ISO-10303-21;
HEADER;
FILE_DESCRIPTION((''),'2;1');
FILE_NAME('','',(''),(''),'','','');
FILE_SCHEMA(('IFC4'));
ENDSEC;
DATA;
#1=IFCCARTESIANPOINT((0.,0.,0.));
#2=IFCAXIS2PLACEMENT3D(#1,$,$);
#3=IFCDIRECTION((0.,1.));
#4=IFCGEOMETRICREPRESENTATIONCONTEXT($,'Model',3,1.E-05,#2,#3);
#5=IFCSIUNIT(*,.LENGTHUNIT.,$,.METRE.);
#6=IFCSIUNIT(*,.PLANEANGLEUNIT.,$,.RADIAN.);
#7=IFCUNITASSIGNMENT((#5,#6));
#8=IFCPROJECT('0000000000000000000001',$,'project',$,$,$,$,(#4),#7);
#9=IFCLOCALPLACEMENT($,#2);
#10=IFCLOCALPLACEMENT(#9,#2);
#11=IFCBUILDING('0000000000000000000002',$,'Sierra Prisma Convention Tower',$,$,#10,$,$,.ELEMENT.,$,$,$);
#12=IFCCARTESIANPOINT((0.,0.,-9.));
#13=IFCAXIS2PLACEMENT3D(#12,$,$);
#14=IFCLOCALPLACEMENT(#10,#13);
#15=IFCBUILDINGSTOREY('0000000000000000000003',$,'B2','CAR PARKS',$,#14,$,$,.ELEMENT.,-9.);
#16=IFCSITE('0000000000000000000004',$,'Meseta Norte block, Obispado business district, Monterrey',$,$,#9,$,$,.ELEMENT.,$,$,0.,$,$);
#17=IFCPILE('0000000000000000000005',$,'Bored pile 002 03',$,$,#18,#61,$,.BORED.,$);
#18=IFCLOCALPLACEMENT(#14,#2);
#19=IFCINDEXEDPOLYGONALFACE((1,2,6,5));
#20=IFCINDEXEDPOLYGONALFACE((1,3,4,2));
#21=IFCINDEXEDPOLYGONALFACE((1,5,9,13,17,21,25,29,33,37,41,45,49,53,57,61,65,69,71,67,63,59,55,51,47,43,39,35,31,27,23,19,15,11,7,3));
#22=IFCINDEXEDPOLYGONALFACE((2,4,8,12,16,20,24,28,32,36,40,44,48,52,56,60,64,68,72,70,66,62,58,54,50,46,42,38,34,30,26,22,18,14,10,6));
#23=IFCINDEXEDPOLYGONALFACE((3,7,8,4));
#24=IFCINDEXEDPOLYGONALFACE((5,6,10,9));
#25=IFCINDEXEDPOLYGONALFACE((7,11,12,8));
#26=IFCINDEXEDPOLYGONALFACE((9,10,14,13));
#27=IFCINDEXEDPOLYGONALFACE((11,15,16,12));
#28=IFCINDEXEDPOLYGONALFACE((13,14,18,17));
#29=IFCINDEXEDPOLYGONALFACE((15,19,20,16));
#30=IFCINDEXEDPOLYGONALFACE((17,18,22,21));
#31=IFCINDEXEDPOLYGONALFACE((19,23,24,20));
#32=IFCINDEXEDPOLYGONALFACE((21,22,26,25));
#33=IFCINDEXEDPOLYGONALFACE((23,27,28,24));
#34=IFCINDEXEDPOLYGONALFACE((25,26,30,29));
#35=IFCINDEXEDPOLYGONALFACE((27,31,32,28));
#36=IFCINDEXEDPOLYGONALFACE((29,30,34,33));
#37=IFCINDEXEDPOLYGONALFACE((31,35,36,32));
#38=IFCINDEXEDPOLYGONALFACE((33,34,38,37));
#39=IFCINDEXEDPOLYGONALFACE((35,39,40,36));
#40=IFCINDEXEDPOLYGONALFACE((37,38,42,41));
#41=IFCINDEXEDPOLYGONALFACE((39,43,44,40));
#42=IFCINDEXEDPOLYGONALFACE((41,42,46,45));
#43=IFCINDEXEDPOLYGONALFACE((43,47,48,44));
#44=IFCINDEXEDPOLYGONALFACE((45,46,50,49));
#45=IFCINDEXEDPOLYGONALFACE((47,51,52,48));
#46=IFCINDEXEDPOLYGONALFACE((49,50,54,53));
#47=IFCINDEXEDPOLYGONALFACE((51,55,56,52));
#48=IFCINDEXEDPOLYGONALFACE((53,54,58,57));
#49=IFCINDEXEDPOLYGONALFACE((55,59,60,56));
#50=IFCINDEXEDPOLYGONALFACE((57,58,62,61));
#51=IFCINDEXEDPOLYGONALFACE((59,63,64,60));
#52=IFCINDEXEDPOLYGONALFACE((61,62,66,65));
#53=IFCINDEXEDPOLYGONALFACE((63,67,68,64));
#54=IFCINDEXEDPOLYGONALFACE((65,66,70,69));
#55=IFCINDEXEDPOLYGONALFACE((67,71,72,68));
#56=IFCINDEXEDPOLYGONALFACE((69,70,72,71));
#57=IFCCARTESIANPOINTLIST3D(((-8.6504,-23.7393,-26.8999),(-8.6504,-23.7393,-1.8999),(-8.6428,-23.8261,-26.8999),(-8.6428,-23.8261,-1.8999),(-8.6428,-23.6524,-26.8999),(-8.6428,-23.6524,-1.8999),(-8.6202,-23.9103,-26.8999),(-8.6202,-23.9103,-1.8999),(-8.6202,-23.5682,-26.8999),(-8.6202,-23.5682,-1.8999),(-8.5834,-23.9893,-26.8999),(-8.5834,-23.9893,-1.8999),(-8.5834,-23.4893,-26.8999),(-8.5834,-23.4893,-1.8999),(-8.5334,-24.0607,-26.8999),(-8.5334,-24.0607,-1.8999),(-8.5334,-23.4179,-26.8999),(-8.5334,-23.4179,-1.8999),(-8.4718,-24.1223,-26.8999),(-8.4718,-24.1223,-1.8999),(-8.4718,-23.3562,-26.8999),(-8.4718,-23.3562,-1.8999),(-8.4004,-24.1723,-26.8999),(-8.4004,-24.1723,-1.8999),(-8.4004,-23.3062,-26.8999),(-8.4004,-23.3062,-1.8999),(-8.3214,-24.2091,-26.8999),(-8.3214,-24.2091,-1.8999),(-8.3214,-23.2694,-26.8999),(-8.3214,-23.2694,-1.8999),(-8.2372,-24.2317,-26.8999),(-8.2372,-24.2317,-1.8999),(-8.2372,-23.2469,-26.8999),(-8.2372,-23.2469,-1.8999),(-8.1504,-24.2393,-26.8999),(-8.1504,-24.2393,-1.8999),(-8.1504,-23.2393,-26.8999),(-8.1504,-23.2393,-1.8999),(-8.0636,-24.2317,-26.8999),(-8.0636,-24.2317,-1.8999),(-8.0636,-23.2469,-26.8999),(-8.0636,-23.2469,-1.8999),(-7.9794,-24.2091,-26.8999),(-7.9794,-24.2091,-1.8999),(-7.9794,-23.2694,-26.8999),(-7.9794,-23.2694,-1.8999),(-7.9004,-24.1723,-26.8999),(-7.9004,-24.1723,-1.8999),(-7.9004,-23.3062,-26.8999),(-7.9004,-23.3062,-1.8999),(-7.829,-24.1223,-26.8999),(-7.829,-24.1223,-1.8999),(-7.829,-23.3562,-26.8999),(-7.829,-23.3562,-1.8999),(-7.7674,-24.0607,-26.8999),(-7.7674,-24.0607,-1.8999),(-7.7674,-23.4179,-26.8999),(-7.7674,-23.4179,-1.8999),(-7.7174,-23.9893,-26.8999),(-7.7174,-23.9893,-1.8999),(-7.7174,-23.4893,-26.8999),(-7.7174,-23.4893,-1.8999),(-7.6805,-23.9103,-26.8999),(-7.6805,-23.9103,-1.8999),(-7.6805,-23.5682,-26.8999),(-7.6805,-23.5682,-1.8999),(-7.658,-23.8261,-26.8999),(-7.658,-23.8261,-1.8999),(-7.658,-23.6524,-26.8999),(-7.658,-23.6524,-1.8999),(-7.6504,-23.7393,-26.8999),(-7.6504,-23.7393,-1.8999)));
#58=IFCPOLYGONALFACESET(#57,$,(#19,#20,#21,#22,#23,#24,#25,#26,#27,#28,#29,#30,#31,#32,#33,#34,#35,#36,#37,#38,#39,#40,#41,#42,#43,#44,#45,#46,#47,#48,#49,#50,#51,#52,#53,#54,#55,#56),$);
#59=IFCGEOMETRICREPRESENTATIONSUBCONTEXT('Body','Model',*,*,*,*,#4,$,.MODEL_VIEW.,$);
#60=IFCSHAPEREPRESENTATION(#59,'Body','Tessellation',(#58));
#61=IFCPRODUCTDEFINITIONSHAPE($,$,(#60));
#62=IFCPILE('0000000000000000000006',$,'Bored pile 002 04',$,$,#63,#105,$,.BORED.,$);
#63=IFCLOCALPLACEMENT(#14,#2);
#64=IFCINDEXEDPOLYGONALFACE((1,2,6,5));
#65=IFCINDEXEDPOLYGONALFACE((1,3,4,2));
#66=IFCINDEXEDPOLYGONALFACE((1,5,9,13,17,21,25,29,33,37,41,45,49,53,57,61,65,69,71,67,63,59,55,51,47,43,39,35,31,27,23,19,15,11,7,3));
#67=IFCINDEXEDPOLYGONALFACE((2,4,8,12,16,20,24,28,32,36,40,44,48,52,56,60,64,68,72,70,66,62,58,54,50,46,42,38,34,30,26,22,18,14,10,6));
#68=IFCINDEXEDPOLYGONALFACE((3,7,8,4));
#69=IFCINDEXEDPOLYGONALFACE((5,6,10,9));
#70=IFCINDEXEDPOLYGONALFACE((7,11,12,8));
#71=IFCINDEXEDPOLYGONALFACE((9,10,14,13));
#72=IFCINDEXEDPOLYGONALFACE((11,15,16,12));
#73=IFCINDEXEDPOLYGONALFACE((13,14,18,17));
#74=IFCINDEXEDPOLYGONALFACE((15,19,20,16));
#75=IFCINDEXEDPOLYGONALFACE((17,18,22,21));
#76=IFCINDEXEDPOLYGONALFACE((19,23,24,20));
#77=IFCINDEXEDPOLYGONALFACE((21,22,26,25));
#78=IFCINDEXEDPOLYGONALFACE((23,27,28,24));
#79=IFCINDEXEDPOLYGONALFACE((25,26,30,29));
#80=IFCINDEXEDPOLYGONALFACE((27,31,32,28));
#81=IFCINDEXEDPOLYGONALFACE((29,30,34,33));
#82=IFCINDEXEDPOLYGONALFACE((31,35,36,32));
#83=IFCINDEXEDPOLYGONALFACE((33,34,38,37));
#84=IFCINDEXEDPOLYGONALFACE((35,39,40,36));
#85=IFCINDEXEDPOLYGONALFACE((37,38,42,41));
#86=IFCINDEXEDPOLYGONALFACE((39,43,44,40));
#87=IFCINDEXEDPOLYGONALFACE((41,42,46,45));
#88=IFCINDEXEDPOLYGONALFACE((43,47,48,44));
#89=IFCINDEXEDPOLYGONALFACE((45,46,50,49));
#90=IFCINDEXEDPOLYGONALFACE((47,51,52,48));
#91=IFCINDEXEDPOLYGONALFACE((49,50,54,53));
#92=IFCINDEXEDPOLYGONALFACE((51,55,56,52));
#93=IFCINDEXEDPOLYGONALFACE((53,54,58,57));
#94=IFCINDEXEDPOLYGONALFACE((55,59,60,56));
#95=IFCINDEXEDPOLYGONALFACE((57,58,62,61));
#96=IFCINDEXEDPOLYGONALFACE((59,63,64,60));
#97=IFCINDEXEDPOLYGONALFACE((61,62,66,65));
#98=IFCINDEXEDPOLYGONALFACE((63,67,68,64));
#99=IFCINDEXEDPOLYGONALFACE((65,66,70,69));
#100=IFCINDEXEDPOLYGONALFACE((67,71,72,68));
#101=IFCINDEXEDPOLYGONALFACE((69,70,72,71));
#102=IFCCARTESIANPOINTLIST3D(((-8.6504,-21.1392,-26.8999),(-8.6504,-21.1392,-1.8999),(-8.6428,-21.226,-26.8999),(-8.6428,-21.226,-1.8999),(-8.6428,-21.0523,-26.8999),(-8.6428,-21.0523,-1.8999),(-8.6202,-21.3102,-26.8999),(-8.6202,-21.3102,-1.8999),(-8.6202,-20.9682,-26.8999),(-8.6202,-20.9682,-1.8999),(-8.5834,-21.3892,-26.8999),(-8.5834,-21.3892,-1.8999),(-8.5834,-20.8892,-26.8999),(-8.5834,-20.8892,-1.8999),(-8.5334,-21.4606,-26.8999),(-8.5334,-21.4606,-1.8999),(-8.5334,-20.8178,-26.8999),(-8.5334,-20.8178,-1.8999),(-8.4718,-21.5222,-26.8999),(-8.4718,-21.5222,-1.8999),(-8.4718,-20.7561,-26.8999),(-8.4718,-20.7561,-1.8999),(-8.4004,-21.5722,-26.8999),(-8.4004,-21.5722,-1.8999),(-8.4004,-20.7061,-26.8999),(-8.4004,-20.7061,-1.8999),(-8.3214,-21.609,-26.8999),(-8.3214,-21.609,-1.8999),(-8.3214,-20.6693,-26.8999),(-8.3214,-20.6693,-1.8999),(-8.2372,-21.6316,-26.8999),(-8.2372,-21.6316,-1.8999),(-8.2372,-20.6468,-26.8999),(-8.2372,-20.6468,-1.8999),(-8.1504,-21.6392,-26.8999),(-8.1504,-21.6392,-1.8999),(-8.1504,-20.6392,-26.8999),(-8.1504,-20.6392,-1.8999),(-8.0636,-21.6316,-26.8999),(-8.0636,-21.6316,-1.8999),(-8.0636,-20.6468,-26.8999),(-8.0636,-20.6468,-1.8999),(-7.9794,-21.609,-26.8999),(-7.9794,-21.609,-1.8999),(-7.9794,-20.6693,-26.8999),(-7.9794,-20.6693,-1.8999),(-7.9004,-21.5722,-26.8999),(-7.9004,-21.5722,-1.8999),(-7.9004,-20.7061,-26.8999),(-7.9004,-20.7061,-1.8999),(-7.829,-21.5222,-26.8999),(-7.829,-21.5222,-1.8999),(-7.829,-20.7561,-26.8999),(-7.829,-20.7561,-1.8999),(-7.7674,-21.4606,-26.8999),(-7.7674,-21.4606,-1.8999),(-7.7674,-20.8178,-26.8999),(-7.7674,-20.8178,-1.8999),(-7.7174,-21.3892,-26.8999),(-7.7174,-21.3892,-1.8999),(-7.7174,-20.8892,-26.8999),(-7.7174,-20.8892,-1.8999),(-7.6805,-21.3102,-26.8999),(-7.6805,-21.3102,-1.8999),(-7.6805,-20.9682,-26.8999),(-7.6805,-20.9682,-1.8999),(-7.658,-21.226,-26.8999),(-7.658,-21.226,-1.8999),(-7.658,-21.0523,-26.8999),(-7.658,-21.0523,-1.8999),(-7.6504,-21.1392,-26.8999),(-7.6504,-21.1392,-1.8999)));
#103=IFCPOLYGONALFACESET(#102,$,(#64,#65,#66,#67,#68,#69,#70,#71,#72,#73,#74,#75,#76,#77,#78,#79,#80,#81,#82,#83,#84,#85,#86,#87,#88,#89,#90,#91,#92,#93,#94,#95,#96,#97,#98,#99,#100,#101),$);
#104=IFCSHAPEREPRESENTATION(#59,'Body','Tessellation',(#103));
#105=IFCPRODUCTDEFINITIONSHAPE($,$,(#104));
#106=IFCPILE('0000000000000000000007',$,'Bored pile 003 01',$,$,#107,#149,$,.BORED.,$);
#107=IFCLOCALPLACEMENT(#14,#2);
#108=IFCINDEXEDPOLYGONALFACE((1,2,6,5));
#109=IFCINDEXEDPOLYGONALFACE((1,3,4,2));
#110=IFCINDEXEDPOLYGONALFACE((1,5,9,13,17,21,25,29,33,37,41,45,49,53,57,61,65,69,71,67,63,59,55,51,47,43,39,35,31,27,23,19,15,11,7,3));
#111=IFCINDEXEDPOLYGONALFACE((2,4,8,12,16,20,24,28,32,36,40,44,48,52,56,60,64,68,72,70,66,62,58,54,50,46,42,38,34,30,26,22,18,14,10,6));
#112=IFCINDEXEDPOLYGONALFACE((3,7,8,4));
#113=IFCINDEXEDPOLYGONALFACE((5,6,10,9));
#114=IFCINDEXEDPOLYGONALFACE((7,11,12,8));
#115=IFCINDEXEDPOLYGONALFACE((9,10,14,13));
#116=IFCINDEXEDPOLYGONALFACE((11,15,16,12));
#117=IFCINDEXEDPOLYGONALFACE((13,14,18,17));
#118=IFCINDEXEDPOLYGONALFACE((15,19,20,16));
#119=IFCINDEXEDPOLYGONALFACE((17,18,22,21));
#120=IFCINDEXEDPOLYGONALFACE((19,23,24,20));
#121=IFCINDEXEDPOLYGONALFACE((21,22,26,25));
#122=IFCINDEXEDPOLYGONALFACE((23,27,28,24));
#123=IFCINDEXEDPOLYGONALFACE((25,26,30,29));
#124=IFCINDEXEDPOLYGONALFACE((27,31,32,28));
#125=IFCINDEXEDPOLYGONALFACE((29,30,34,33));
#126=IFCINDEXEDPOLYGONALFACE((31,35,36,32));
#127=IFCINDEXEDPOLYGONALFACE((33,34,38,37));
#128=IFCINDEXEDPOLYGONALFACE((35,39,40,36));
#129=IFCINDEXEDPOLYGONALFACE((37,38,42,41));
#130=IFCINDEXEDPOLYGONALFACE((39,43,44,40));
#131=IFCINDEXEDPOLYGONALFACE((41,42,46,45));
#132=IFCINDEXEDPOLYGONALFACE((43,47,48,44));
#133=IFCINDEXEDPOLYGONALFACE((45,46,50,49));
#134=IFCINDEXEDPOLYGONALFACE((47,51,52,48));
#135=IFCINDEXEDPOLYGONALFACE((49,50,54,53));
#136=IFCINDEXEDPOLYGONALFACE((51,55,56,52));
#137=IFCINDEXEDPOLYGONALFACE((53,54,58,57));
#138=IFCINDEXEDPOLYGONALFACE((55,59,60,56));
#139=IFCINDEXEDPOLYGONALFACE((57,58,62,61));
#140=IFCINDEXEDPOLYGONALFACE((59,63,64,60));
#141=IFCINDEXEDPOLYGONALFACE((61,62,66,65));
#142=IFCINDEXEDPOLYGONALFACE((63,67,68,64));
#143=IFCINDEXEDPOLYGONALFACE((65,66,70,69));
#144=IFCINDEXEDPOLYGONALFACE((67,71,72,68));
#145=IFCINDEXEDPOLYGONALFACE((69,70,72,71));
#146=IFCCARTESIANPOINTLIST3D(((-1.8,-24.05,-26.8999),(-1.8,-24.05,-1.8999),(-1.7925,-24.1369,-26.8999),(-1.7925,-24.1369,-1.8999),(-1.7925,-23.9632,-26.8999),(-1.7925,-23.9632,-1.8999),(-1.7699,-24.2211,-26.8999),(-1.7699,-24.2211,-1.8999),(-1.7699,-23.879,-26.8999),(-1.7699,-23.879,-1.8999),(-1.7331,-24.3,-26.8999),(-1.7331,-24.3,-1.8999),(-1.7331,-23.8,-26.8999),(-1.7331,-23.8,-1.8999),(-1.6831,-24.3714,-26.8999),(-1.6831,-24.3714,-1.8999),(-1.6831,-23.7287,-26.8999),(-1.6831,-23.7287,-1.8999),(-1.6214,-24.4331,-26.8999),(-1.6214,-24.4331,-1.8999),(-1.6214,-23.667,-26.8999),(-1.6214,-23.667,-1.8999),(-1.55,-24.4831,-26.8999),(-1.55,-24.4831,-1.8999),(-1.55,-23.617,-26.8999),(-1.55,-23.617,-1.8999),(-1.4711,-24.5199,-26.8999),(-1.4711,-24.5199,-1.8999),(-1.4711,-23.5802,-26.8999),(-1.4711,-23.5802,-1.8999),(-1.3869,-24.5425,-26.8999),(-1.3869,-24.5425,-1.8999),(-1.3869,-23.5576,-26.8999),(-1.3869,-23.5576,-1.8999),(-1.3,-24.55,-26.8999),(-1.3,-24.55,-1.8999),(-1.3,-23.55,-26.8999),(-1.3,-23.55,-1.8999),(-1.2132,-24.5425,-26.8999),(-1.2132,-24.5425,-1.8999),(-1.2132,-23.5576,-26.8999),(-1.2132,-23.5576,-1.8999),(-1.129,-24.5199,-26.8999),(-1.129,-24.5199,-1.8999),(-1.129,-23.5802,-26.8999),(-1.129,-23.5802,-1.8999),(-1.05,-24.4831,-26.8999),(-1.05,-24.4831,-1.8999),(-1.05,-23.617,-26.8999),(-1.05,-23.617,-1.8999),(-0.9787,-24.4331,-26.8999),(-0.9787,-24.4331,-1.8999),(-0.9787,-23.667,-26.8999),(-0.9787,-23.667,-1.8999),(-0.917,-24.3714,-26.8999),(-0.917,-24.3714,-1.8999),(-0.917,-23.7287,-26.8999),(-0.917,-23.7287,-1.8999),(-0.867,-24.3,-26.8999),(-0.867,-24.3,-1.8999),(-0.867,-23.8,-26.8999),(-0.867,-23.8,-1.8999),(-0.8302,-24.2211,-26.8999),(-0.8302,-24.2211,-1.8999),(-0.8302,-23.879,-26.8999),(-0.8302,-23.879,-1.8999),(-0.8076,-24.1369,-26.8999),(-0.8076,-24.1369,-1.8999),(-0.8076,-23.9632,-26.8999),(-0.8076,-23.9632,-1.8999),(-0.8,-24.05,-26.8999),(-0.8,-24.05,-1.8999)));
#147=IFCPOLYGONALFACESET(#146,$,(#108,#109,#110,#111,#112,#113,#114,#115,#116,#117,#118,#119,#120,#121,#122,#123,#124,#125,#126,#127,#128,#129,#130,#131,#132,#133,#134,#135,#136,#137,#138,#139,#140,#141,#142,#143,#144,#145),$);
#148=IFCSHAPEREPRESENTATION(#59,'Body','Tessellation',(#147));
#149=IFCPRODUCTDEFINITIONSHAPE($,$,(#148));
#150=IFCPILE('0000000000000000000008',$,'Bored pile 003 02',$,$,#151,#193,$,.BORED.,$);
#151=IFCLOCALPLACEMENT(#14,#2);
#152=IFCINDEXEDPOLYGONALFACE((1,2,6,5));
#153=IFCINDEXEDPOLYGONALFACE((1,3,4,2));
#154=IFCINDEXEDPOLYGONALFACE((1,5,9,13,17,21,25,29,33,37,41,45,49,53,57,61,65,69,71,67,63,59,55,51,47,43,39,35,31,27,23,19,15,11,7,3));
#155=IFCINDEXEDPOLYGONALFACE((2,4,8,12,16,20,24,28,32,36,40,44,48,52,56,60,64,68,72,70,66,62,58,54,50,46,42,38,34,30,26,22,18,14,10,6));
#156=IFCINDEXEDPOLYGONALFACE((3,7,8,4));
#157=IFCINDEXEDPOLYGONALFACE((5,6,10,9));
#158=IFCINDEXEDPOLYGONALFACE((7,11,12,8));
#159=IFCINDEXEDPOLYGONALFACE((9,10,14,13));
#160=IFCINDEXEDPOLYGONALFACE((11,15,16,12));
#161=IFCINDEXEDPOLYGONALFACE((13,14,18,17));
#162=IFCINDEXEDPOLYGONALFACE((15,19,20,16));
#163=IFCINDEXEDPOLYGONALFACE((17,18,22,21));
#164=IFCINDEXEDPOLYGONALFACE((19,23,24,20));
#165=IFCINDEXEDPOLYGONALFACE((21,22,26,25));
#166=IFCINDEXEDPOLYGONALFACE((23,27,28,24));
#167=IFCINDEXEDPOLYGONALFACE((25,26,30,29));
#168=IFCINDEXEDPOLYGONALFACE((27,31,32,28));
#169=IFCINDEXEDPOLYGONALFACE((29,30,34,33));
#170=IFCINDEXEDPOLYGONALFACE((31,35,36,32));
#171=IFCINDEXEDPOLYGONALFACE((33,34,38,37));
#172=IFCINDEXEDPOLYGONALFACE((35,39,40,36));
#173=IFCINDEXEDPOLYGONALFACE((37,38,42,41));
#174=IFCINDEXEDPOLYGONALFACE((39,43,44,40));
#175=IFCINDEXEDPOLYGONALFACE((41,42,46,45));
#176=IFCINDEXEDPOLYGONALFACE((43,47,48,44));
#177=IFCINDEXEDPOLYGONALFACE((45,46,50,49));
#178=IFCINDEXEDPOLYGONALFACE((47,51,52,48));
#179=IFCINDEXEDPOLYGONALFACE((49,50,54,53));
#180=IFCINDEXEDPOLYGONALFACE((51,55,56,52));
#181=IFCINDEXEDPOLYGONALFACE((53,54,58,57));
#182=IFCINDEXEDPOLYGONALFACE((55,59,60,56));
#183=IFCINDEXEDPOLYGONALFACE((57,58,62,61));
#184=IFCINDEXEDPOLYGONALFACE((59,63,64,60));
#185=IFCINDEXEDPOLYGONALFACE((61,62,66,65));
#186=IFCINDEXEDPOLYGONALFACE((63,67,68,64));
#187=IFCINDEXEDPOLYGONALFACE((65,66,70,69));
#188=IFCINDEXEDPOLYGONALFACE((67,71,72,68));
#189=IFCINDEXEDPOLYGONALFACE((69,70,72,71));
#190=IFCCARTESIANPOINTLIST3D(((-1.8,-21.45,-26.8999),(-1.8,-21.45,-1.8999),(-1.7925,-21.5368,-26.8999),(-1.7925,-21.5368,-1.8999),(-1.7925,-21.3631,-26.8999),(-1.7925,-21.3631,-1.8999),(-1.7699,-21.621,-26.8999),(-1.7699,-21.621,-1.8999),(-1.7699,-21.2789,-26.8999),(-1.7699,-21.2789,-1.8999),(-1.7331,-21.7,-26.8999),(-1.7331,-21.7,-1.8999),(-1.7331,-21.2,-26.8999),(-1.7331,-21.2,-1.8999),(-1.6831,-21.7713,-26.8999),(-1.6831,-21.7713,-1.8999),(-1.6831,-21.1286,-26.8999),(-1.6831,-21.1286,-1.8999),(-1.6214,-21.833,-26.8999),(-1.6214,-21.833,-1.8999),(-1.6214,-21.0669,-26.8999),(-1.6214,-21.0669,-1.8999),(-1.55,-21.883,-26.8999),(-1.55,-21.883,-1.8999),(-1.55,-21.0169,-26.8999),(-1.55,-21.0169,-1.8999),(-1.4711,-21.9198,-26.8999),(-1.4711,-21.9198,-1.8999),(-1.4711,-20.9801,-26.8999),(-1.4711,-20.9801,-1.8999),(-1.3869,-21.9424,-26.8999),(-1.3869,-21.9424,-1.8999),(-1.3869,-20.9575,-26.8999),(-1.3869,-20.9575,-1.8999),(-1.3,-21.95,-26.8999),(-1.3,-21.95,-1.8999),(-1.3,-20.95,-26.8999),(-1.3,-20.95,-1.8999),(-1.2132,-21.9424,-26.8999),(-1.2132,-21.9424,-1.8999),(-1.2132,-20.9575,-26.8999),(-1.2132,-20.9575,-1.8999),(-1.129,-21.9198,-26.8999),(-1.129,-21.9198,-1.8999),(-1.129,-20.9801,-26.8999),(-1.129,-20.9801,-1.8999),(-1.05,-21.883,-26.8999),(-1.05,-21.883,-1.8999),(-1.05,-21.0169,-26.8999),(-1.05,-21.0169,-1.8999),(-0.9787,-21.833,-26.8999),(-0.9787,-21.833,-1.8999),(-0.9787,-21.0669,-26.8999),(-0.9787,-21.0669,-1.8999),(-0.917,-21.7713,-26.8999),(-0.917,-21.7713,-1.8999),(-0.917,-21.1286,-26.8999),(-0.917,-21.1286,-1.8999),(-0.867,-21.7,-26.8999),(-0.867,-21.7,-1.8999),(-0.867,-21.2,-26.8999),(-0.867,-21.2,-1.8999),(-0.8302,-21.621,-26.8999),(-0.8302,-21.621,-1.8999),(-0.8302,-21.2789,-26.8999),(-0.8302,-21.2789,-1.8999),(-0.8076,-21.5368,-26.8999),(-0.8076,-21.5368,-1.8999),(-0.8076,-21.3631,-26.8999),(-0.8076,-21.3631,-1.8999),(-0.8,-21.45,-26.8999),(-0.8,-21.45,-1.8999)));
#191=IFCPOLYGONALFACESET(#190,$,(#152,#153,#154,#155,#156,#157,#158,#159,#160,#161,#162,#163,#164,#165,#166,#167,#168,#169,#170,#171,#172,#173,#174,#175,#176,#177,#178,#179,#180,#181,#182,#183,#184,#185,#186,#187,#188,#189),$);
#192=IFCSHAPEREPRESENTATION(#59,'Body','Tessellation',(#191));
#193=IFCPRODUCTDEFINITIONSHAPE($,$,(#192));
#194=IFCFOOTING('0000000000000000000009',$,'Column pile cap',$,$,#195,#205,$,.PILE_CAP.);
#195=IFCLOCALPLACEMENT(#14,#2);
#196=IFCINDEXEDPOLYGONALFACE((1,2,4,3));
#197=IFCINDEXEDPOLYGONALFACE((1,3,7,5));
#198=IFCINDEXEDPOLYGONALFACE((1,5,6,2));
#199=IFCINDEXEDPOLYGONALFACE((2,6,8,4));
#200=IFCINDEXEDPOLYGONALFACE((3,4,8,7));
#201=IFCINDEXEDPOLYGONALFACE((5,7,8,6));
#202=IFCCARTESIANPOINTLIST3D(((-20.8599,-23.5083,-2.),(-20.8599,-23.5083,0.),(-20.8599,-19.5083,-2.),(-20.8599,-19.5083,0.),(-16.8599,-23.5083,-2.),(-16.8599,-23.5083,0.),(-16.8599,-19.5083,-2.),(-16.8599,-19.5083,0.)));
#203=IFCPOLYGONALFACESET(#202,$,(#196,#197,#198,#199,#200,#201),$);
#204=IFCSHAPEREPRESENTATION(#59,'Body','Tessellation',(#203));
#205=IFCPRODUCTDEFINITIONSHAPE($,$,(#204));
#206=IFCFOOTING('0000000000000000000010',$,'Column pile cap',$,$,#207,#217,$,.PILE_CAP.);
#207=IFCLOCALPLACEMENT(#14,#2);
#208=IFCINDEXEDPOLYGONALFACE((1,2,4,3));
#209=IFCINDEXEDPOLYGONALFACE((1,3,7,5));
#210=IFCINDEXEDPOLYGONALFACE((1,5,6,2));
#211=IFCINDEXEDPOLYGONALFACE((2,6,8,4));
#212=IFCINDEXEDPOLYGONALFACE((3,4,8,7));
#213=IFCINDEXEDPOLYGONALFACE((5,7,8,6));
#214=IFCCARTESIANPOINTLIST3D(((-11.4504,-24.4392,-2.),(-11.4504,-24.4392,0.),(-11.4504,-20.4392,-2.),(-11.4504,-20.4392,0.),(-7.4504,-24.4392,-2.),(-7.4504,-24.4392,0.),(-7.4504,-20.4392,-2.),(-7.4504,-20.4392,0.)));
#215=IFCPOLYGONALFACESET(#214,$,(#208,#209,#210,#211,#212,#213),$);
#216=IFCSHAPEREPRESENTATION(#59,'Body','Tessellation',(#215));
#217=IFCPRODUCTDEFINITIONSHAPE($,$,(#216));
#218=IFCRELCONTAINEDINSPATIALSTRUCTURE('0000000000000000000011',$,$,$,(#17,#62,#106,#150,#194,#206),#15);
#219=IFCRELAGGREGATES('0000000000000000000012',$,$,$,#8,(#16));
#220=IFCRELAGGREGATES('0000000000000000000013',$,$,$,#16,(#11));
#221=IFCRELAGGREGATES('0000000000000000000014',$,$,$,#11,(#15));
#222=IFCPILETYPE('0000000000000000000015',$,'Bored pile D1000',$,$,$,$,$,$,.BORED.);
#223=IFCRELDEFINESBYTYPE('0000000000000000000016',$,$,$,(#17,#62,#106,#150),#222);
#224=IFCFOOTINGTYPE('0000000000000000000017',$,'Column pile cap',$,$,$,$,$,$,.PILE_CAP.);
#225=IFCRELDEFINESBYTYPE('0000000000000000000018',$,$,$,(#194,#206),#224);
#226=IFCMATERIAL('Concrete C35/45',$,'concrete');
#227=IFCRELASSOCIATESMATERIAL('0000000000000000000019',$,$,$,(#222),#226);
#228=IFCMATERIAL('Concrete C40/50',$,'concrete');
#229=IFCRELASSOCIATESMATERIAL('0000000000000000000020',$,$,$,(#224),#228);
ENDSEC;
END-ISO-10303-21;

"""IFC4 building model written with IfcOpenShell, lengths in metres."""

from ifc_helpers import new_model, si_unit, direction, frame, origin, origin_2d, place, context, subcontext, project, spatial, rectangle, circle, extrude, material, material_profile, profile_set, type_object, element, save


model = new_model("IFC4")

# Units and contexts
model_context = context("Model", 3, precision=1e-05, world=origin(), true_north=direction((0.0, 1.0)))
body_context = subcontext(model_context, "Body", "Model", "MODEL_VIEW")
ifc_project = project(units=[si_unit("LENGTHUNIT", "METRE"), si_unit("PLANEANGLEUNIT", "RADIAN")], contexts=[model_context])

# Site, building, storey
site_placement = place(None, origin())
site = spatial("IfcSite", under=ifc_project, at=site_placement, Name="Meseta Norte block, Obispado business district, Monterrey", CompositionType="ELEMENT", RefElevation=0.0)
building_placement = place(site_placement, origin())
building = spatial("IfcBuilding", under=site, at=building_placement, Name="Sierra Prisma Convention Tower", CompositionType="ELEMENT")
storey_placement = place(building_placement, frame((0.0, 0.0, -9.0)))
storey = spatial("IfcBuildingStorey", under=building, at=storey_placement, Name="B2", Description="CAR PARKS", CompositionType="ELEMENT", Elevation=-9.0)

# Piles
ifc_material_1 = material(Name="Concrete C35/45", Category="concrete")
ifc_material_profile_1 = material_profile(ifc_material_1, circle(Radius=0.5, at=origin_2d()), Name="D1000")
ifc_profile_set_1 = profile_set([ifc_material_profile_1], Name="Concrete C35/45")
pile_type = type_object("IfcPileType", Name="Bored pile D1000", PredefinedType="BORED", material=ifc_profile_set_1)
for number, where, z_axis, x_axis, name in (
    (1, (-8.1504, -23.7393, -1.8999), (0.0, 0.0, -1.0), (1.0, 0.0, 0.0), "Bored pile 002 03"),
    (2, (-8.1504, -21.1392, -1.8999), (0.0, 0.0, -1.0), (1.0, 0.0, 0.0), "Bored pile 002 04"),
    (3, (-1.3, -24.05, -1.8999), (0.0, 0.0, -1.0), (1.0, 0.0, 0.0), "Bored pile 003 01"),
    (4, (-1.3, -21.45, -1.8999), (0.0, 0.0, -1.0), (1.0, 0.0, 0.0), "Bored pile 003 02"),
):
    element("IfcPile", number, at=place(storey_placement, frame(where, z_axis=z_axis, x_axis=x_axis)), inside=storey, type_object=pile_type, Name=name, PredefinedType="BORED", context=body_context, shape_type="SweptSolid", body=[
        extrude(circle(Radius=0.5, at=origin_2d()), origin(), (0.0, 0.0, 1.0), 25.0),
    ])

# Footings
ifc_material_2 = material(Name="Concrete C40/50", Category="concrete")
footing_type_1 = type_object("IfcFootingType", Name="Column pile cap", PredefinedType="PILE_CAP", material=ifc_material_2)
for number, where, z_axis, x_axis, name in (
    (5, (-18.8599, -21.5083, -2.0), (0.0, 0.0, 1.0), (1.0, 0.0, 0.0), "Column pile cap"),
    (6, (-9.4504, -22.4392, -2.0), (0.0, 0.0, 1.0), (1.0, 0.0, 0.0), "Column pile cap"),
):
    element("IfcFooting", number, at=place(storey_placement, frame(where, z_axis=z_axis, x_axis=x_axis)), inside=storey, type_object=footing_type_1, Name=name, PredefinedType="PILE_CAP", context=body_context, shape_type="SweptSolid", body=[
        extrude(rectangle(XDim=4.0, YDim=4.0, at=origin_2d()), origin(), (0.0, 0.0, 1.0), 2.0),
    ])

save(model, "model.ifc")
